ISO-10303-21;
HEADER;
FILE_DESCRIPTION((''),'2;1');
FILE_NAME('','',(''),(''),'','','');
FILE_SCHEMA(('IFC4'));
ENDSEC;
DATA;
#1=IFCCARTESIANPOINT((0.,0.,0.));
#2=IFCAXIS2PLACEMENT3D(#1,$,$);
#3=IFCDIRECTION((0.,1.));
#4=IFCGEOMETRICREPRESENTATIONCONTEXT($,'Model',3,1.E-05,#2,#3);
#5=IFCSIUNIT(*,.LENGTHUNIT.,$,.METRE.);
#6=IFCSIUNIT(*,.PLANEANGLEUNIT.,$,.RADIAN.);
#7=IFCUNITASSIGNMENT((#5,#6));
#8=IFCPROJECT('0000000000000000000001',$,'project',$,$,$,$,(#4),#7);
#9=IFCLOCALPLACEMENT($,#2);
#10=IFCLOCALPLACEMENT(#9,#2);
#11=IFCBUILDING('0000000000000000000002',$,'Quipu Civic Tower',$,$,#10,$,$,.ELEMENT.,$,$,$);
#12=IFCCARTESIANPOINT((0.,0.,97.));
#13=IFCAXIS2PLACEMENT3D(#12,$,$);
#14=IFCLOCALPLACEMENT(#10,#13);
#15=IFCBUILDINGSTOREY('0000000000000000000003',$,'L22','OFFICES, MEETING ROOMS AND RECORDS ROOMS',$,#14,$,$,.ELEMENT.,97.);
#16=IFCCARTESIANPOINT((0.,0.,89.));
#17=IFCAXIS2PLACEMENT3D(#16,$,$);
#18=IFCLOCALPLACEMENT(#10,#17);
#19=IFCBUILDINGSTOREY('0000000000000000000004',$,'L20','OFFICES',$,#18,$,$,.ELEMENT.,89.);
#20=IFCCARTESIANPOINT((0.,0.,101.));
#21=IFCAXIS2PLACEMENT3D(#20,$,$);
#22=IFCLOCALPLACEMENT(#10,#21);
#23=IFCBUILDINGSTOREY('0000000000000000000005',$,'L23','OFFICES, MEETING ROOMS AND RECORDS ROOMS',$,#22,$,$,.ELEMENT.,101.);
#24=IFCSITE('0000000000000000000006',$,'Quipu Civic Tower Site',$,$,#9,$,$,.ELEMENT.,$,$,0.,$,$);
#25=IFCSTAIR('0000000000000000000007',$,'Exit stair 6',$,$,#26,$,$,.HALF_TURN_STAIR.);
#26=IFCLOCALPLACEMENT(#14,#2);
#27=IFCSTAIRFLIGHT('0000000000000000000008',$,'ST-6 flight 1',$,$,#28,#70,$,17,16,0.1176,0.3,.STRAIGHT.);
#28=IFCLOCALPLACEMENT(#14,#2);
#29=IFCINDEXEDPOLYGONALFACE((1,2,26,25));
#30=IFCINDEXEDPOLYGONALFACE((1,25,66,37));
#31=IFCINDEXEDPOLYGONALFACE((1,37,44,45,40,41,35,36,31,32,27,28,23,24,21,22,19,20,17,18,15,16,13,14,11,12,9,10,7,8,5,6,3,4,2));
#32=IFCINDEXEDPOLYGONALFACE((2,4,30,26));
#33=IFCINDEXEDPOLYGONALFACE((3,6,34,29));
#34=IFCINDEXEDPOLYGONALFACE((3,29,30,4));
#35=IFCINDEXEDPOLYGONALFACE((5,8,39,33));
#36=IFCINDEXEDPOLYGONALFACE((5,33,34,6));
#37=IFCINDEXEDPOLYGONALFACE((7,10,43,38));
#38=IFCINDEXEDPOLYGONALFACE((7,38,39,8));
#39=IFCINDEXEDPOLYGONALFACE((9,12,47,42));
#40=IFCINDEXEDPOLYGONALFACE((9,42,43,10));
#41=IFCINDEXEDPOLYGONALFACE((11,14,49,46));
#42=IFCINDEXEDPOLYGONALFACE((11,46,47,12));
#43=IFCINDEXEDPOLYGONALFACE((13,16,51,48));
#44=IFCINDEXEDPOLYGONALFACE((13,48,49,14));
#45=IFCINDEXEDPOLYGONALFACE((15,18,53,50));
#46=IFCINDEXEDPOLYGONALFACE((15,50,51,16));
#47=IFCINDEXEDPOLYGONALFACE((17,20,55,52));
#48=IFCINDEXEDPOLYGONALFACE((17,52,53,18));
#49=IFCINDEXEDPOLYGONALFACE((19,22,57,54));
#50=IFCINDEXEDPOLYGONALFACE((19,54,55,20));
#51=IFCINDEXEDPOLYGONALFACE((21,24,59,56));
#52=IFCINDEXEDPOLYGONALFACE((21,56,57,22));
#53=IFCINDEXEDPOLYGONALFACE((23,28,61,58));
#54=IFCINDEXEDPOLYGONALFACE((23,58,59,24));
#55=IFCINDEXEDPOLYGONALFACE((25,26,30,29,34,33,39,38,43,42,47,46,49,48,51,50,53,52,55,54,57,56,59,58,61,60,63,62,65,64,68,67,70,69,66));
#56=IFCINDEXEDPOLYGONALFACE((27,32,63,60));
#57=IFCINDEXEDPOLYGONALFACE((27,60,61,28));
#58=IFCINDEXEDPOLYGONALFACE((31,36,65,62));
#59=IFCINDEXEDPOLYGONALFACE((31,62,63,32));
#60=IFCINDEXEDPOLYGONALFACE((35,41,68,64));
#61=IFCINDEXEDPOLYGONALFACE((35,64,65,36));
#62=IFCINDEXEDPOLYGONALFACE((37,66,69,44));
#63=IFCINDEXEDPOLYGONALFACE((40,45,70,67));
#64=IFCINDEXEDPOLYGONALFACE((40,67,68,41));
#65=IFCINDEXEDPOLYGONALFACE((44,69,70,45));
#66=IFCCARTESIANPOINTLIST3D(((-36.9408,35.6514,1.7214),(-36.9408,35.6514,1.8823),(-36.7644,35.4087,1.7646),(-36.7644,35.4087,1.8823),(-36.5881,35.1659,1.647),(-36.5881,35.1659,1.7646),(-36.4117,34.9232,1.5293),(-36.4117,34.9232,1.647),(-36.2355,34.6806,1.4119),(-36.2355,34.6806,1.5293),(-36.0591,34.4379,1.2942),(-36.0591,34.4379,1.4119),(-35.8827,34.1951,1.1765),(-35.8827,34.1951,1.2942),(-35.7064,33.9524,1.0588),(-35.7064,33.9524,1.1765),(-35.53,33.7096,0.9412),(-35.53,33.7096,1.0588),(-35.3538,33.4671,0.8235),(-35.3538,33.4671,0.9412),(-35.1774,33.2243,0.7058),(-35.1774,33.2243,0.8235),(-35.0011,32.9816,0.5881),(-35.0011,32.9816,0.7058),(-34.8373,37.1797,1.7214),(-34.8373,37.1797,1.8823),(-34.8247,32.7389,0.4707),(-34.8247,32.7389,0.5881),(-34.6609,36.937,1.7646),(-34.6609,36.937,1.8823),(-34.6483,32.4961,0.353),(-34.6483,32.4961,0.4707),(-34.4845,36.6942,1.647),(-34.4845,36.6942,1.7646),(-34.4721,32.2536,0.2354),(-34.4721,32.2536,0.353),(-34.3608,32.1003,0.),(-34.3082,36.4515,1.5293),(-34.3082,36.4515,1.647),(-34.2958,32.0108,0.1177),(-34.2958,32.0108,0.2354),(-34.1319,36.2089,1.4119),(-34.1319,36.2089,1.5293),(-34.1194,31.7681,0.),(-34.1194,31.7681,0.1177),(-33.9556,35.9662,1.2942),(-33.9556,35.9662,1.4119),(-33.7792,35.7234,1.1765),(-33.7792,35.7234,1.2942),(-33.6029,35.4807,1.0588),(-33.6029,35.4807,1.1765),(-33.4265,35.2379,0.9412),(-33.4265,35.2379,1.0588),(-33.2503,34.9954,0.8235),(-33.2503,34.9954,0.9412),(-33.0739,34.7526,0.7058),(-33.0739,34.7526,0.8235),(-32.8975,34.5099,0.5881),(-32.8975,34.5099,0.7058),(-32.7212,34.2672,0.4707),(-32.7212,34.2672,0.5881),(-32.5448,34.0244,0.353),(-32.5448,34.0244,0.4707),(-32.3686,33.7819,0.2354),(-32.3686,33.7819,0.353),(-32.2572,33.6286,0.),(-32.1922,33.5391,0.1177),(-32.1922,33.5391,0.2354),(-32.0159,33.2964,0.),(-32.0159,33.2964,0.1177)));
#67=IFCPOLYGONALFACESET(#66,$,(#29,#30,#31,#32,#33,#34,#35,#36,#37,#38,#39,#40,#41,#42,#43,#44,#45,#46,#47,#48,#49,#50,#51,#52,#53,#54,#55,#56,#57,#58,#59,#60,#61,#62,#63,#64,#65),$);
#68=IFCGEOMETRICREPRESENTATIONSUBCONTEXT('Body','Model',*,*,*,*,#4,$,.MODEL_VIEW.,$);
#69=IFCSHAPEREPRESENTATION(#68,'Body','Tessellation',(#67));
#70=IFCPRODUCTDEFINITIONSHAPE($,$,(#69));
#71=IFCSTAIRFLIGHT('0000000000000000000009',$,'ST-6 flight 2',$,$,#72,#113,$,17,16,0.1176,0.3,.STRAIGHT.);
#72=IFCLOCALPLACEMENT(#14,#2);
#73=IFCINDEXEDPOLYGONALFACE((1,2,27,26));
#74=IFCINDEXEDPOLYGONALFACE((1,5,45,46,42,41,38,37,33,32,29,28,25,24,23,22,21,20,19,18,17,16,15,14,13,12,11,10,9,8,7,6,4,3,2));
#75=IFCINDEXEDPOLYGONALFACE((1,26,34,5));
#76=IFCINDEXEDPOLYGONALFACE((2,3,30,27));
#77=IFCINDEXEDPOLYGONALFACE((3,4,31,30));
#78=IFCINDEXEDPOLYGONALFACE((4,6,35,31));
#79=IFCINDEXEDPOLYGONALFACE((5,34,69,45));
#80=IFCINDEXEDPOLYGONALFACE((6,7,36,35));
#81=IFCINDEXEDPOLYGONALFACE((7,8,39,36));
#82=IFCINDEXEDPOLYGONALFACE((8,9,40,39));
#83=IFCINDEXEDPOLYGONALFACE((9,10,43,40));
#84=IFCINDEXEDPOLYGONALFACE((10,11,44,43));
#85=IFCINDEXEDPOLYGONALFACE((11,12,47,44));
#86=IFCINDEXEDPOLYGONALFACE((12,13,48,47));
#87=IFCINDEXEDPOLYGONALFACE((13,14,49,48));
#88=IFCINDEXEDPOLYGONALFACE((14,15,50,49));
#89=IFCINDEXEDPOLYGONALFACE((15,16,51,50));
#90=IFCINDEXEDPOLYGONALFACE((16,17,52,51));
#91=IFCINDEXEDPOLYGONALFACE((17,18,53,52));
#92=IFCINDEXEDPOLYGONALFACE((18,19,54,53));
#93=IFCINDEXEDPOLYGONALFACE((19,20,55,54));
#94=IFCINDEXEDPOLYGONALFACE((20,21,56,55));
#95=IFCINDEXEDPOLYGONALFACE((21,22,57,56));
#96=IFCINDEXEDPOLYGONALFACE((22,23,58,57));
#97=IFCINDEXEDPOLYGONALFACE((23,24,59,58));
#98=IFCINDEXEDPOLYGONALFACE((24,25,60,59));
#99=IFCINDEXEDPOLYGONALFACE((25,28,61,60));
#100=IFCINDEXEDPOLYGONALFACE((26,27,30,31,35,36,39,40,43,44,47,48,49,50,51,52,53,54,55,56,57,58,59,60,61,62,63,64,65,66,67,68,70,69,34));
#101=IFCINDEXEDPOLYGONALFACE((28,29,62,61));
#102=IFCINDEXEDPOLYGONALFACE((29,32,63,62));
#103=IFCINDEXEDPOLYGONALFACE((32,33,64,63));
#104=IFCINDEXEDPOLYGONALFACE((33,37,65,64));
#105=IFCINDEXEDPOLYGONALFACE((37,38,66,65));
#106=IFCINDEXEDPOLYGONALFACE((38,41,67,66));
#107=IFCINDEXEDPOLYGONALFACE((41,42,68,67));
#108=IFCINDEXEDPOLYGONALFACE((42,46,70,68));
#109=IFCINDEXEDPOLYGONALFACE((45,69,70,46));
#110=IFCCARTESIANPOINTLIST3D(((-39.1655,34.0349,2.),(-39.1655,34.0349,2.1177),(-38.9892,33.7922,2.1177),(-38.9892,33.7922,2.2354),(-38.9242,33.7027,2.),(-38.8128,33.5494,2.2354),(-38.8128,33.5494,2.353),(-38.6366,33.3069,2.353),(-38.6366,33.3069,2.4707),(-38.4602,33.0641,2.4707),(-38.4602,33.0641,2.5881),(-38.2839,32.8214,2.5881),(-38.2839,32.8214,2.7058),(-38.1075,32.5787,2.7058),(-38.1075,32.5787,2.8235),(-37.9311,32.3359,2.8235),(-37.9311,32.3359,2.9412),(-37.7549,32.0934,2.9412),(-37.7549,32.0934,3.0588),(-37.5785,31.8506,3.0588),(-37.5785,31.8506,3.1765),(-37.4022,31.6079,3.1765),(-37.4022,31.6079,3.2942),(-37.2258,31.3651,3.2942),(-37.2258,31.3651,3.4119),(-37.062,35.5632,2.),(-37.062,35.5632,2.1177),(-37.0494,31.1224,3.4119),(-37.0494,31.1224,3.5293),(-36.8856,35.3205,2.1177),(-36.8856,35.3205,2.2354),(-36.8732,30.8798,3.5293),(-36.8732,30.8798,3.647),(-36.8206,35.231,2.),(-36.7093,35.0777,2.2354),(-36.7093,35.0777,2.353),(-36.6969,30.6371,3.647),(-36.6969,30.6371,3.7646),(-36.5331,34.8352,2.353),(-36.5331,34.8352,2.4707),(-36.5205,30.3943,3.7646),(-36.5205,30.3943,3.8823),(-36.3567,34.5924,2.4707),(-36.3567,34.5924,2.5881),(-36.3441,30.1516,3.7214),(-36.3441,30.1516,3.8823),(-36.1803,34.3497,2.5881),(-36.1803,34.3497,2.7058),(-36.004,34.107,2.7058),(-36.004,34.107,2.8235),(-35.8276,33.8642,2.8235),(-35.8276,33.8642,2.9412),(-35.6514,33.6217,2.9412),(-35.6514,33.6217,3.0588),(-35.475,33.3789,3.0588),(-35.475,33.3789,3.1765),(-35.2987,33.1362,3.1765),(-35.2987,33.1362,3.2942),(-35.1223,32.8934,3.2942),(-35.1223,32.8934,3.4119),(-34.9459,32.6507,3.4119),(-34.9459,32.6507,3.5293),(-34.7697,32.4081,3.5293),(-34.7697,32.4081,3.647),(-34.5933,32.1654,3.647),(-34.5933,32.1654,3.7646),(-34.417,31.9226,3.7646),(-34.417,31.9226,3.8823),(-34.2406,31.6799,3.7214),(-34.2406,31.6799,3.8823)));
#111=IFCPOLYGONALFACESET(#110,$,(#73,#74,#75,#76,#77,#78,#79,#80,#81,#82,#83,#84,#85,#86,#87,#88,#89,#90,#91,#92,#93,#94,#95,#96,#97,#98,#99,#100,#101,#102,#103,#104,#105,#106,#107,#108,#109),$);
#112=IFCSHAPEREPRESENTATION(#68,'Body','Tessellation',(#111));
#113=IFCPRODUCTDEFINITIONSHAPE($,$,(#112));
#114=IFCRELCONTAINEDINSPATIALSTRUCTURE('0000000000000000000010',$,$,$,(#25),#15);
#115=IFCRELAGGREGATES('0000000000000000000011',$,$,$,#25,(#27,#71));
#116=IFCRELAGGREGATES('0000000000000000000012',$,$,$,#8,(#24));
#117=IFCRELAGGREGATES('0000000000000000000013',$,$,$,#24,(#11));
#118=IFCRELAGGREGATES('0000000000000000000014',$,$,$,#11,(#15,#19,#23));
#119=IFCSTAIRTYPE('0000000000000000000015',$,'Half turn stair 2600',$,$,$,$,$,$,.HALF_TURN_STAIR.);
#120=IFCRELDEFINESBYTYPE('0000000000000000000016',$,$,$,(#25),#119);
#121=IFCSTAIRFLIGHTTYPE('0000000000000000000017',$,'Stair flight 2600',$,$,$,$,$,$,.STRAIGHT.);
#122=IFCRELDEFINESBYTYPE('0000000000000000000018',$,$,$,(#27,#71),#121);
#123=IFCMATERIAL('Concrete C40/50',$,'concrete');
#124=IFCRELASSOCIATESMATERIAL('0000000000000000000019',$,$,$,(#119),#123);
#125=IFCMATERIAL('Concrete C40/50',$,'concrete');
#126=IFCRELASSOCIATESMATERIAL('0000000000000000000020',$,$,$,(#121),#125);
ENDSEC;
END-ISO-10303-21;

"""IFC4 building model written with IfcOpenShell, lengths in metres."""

from ifc_helpers import new_model, si_unit, direction, frame, origin, place, context, subcontext, project, spatial, polyline, outline, extrude, material, type_object, element, aggregate, save


model = new_model("IFC4")

# Units and contexts
model_context = context("Model", 3, precision=1e-05, world=origin(), true_north=direction((0.0, 1.0)))
body_context = subcontext(model_context, "Body", "Model", "MODEL_VIEW")
ifc_project = project(units=[si_unit("LENGTHUNIT", "METRE"), si_unit("PLANEANGLEUNIT", "RADIAN")], contexts=[model_context])

# Site, building, storey
site_placement = place(None, origin())
site = spatial("IfcSite", under=ifc_project, at=site_placement, Name="Quipu Civic Tower Site", CompositionType="ELEMENT", RefElevation=0.0)
building_placement = place(site_placement, origin())
building = spatial("IfcBuilding", under=site, at=building_placement, Name="Quipu Civic Tower", CompositionType="ELEMENT")
storey_1_placement = place(building_placement, frame((0.0, 0.0, 97.0)))
storey_1 = spatial("IfcBuildingStorey", under=building, at=storey_1_placement, Name="L22", Description="OFFICES, MEETING ROOMS AND RECORDS ROOMS", CompositionType="ELEMENT", Elevation=97.0)

# Shared definitions
storey_2_placement = place(building_placement, frame((0.0, 0.0, 89.0)))
storey_2 = spatial("IfcBuildingStorey", under=building, at=storey_2_placement, Name="L20", Description="OFFICES", CompositionType="ELEMENT", Elevation=89.0)

# Shared definitions
storey_3_placement = place(building_placement, frame((0.0, 0.0, 101.0)))
storey_3 = spatial("IfcBuildingStorey", under=building, at=storey_3_placement, Name="L23", Description="OFFICES, MEETING ROOMS AND RECORDS ROOMS", CompositionType="ELEMENT", Elevation=101.0)

# Stair, stair flights
ifc_material_1 = material(Name="Concrete C40/50", Category="concrete")
stair_type = type_object("IfcStairType", Name="Half turn stair 2600", PredefinedType="HALF_TURN_STAIR", material=ifc_material_1)
stair_placement = place(storey_1_placement, origin())
stair = element("IfcStair", 1, at=stair_placement, inside=storey_1, type_object=stair_type, Name="Exit stair 6", PredefinedType="HALF_TURN_STAIR")
ifc_material_2 = material(Name="Concrete C40/50", Category="concrete")
stair_flight_type = type_object("IfcStairFlightType", Name="Stair flight 2600", PredefinedType="STRAIGHT", material=ifc_material_2)
stair_flight_1_placement = place(storey_1_placement, frame((-33.0676, 32.5322, 0.0), z_axis=(0.0, 0.0, 1.0), x_axis=(-0.587785, 0.809017, 0.0)))
stair_flight_1 = element("IfcStairFlight", 2, at=stair_flight_1_placement, type_object=stair_flight_type, Name="ST-6 flight 1", NumberOfRisers=17, NumberOfTreads=16, PredefinedType="STRAIGHT", RiserHeight=0.1176, TreadLength=0.3, context=body_context, shape_type="SweptSolid", body=[
    extrude(outline(polyline([(0.0, 0.0), (0.0, 0.1177), (0.3, 0.1177), (0.3, 0.2354), (0.6001, 0.2354), (0.6001, 0.353), (0.8999, 0.353), (0.8999, 0.4707), (1.2, 0.4707), (1.2, 0.5881), (1.5, 0.5881), (1.5, 0.7058), (1.8, 0.7058), (1.8, 0.8235), (2.1001, 0.8235), (2.1001, 0.9412), (2.3999, 0.9412), (2.3999, 1.0588), (2.7, 1.0588), (2.7, 1.1765), (3.0, 1.1765), (3.0, 1.2942), (3.3, 1.2942), (3.3, 1.4119), (3.6001, 1.4119), (3.6001, 1.5293), (3.8999, 1.5293), (3.8999, 1.647), (4.2, 1.647), (4.2, 1.7646), (4.5, 1.7646), (4.5, 1.8823), (4.8, 1.8823), (4.8, 2.0), (4.8, 1.7214), (0.4106, 0.0), (0.0, 0.0)])), frame((0.0, 1.3, 0.0), z_axis=(0.0, -1.0, 0.0), x_axis=(1.0, 0.0, 0.0)), (0.0, 0.0, 1.0), 2.6001),
])
stair_flight_2_placement = place(storey_1_placement, frame((-38.1138, 34.7991, 2.0), z_axis=(0.0, 0.0, 1.0), x_axis=(0.587785, -0.809017, 0.0)))
stair_flight_2 = element("IfcStairFlight", 3, at=stair_flight_2_placement, type_object=stair_flight_type, Name="ST-6 flight 2", NumberOfRisers=17, NumberOfTreads=16, PredefinedType="STRAIGHT", RiserHeight=0.1176, TreadLength=0.3, context=body_context, shape_type="SweptSolid", body=[
    extrude(outline(polyline([(0.0, 0.0), (0.0, 0.1177), (0.3, 0.1177), (0.3, 0.2354), (0.6001, 0.2354), (0.6001, 0.353), (0.8999, 0.353), (0.8999, 0.4707), (1.2, 0.4707), (1.2, 0.5881), (1.5, 0.5881), (1.5, 0.7058), (1.8, 0.7058), (1.8, 0.8235), (2.1001, 0.8235), (2.1001, 0.9412), (2.3999, 0.9412), (2.3999, 1.0588), (2.7, 1.0588), (2.7, 1.1765), (3.0, 1.1765), (3.0, 1.2942), (3.3, 1.2942), (3.3, 1.4119), (3.6001, 1.4119), (3.6001, 1.5293), (3.8999, 1.5293), (3.8999, 1.647), (4.2, 1.647), (4.2, 1.7646), (4.5, 1.7646), (4.5, 1.8823), (4.8, 1.8823), (4.8, 2.0), (4.8, 1.7214), (0.4106, 0.0), (0.0, 0.0)])), frame((0.0, 1.3, 0.0), z_axis=(0.0, -1.0, 0.0), x_axis=(1.0, 0.0, 0.0)), (0.0, 0.0, 1.0), 2.6001),
])
aggregate(stair, [stair_flight_1, stair_flight_2])

save(model, "model.ifc")
